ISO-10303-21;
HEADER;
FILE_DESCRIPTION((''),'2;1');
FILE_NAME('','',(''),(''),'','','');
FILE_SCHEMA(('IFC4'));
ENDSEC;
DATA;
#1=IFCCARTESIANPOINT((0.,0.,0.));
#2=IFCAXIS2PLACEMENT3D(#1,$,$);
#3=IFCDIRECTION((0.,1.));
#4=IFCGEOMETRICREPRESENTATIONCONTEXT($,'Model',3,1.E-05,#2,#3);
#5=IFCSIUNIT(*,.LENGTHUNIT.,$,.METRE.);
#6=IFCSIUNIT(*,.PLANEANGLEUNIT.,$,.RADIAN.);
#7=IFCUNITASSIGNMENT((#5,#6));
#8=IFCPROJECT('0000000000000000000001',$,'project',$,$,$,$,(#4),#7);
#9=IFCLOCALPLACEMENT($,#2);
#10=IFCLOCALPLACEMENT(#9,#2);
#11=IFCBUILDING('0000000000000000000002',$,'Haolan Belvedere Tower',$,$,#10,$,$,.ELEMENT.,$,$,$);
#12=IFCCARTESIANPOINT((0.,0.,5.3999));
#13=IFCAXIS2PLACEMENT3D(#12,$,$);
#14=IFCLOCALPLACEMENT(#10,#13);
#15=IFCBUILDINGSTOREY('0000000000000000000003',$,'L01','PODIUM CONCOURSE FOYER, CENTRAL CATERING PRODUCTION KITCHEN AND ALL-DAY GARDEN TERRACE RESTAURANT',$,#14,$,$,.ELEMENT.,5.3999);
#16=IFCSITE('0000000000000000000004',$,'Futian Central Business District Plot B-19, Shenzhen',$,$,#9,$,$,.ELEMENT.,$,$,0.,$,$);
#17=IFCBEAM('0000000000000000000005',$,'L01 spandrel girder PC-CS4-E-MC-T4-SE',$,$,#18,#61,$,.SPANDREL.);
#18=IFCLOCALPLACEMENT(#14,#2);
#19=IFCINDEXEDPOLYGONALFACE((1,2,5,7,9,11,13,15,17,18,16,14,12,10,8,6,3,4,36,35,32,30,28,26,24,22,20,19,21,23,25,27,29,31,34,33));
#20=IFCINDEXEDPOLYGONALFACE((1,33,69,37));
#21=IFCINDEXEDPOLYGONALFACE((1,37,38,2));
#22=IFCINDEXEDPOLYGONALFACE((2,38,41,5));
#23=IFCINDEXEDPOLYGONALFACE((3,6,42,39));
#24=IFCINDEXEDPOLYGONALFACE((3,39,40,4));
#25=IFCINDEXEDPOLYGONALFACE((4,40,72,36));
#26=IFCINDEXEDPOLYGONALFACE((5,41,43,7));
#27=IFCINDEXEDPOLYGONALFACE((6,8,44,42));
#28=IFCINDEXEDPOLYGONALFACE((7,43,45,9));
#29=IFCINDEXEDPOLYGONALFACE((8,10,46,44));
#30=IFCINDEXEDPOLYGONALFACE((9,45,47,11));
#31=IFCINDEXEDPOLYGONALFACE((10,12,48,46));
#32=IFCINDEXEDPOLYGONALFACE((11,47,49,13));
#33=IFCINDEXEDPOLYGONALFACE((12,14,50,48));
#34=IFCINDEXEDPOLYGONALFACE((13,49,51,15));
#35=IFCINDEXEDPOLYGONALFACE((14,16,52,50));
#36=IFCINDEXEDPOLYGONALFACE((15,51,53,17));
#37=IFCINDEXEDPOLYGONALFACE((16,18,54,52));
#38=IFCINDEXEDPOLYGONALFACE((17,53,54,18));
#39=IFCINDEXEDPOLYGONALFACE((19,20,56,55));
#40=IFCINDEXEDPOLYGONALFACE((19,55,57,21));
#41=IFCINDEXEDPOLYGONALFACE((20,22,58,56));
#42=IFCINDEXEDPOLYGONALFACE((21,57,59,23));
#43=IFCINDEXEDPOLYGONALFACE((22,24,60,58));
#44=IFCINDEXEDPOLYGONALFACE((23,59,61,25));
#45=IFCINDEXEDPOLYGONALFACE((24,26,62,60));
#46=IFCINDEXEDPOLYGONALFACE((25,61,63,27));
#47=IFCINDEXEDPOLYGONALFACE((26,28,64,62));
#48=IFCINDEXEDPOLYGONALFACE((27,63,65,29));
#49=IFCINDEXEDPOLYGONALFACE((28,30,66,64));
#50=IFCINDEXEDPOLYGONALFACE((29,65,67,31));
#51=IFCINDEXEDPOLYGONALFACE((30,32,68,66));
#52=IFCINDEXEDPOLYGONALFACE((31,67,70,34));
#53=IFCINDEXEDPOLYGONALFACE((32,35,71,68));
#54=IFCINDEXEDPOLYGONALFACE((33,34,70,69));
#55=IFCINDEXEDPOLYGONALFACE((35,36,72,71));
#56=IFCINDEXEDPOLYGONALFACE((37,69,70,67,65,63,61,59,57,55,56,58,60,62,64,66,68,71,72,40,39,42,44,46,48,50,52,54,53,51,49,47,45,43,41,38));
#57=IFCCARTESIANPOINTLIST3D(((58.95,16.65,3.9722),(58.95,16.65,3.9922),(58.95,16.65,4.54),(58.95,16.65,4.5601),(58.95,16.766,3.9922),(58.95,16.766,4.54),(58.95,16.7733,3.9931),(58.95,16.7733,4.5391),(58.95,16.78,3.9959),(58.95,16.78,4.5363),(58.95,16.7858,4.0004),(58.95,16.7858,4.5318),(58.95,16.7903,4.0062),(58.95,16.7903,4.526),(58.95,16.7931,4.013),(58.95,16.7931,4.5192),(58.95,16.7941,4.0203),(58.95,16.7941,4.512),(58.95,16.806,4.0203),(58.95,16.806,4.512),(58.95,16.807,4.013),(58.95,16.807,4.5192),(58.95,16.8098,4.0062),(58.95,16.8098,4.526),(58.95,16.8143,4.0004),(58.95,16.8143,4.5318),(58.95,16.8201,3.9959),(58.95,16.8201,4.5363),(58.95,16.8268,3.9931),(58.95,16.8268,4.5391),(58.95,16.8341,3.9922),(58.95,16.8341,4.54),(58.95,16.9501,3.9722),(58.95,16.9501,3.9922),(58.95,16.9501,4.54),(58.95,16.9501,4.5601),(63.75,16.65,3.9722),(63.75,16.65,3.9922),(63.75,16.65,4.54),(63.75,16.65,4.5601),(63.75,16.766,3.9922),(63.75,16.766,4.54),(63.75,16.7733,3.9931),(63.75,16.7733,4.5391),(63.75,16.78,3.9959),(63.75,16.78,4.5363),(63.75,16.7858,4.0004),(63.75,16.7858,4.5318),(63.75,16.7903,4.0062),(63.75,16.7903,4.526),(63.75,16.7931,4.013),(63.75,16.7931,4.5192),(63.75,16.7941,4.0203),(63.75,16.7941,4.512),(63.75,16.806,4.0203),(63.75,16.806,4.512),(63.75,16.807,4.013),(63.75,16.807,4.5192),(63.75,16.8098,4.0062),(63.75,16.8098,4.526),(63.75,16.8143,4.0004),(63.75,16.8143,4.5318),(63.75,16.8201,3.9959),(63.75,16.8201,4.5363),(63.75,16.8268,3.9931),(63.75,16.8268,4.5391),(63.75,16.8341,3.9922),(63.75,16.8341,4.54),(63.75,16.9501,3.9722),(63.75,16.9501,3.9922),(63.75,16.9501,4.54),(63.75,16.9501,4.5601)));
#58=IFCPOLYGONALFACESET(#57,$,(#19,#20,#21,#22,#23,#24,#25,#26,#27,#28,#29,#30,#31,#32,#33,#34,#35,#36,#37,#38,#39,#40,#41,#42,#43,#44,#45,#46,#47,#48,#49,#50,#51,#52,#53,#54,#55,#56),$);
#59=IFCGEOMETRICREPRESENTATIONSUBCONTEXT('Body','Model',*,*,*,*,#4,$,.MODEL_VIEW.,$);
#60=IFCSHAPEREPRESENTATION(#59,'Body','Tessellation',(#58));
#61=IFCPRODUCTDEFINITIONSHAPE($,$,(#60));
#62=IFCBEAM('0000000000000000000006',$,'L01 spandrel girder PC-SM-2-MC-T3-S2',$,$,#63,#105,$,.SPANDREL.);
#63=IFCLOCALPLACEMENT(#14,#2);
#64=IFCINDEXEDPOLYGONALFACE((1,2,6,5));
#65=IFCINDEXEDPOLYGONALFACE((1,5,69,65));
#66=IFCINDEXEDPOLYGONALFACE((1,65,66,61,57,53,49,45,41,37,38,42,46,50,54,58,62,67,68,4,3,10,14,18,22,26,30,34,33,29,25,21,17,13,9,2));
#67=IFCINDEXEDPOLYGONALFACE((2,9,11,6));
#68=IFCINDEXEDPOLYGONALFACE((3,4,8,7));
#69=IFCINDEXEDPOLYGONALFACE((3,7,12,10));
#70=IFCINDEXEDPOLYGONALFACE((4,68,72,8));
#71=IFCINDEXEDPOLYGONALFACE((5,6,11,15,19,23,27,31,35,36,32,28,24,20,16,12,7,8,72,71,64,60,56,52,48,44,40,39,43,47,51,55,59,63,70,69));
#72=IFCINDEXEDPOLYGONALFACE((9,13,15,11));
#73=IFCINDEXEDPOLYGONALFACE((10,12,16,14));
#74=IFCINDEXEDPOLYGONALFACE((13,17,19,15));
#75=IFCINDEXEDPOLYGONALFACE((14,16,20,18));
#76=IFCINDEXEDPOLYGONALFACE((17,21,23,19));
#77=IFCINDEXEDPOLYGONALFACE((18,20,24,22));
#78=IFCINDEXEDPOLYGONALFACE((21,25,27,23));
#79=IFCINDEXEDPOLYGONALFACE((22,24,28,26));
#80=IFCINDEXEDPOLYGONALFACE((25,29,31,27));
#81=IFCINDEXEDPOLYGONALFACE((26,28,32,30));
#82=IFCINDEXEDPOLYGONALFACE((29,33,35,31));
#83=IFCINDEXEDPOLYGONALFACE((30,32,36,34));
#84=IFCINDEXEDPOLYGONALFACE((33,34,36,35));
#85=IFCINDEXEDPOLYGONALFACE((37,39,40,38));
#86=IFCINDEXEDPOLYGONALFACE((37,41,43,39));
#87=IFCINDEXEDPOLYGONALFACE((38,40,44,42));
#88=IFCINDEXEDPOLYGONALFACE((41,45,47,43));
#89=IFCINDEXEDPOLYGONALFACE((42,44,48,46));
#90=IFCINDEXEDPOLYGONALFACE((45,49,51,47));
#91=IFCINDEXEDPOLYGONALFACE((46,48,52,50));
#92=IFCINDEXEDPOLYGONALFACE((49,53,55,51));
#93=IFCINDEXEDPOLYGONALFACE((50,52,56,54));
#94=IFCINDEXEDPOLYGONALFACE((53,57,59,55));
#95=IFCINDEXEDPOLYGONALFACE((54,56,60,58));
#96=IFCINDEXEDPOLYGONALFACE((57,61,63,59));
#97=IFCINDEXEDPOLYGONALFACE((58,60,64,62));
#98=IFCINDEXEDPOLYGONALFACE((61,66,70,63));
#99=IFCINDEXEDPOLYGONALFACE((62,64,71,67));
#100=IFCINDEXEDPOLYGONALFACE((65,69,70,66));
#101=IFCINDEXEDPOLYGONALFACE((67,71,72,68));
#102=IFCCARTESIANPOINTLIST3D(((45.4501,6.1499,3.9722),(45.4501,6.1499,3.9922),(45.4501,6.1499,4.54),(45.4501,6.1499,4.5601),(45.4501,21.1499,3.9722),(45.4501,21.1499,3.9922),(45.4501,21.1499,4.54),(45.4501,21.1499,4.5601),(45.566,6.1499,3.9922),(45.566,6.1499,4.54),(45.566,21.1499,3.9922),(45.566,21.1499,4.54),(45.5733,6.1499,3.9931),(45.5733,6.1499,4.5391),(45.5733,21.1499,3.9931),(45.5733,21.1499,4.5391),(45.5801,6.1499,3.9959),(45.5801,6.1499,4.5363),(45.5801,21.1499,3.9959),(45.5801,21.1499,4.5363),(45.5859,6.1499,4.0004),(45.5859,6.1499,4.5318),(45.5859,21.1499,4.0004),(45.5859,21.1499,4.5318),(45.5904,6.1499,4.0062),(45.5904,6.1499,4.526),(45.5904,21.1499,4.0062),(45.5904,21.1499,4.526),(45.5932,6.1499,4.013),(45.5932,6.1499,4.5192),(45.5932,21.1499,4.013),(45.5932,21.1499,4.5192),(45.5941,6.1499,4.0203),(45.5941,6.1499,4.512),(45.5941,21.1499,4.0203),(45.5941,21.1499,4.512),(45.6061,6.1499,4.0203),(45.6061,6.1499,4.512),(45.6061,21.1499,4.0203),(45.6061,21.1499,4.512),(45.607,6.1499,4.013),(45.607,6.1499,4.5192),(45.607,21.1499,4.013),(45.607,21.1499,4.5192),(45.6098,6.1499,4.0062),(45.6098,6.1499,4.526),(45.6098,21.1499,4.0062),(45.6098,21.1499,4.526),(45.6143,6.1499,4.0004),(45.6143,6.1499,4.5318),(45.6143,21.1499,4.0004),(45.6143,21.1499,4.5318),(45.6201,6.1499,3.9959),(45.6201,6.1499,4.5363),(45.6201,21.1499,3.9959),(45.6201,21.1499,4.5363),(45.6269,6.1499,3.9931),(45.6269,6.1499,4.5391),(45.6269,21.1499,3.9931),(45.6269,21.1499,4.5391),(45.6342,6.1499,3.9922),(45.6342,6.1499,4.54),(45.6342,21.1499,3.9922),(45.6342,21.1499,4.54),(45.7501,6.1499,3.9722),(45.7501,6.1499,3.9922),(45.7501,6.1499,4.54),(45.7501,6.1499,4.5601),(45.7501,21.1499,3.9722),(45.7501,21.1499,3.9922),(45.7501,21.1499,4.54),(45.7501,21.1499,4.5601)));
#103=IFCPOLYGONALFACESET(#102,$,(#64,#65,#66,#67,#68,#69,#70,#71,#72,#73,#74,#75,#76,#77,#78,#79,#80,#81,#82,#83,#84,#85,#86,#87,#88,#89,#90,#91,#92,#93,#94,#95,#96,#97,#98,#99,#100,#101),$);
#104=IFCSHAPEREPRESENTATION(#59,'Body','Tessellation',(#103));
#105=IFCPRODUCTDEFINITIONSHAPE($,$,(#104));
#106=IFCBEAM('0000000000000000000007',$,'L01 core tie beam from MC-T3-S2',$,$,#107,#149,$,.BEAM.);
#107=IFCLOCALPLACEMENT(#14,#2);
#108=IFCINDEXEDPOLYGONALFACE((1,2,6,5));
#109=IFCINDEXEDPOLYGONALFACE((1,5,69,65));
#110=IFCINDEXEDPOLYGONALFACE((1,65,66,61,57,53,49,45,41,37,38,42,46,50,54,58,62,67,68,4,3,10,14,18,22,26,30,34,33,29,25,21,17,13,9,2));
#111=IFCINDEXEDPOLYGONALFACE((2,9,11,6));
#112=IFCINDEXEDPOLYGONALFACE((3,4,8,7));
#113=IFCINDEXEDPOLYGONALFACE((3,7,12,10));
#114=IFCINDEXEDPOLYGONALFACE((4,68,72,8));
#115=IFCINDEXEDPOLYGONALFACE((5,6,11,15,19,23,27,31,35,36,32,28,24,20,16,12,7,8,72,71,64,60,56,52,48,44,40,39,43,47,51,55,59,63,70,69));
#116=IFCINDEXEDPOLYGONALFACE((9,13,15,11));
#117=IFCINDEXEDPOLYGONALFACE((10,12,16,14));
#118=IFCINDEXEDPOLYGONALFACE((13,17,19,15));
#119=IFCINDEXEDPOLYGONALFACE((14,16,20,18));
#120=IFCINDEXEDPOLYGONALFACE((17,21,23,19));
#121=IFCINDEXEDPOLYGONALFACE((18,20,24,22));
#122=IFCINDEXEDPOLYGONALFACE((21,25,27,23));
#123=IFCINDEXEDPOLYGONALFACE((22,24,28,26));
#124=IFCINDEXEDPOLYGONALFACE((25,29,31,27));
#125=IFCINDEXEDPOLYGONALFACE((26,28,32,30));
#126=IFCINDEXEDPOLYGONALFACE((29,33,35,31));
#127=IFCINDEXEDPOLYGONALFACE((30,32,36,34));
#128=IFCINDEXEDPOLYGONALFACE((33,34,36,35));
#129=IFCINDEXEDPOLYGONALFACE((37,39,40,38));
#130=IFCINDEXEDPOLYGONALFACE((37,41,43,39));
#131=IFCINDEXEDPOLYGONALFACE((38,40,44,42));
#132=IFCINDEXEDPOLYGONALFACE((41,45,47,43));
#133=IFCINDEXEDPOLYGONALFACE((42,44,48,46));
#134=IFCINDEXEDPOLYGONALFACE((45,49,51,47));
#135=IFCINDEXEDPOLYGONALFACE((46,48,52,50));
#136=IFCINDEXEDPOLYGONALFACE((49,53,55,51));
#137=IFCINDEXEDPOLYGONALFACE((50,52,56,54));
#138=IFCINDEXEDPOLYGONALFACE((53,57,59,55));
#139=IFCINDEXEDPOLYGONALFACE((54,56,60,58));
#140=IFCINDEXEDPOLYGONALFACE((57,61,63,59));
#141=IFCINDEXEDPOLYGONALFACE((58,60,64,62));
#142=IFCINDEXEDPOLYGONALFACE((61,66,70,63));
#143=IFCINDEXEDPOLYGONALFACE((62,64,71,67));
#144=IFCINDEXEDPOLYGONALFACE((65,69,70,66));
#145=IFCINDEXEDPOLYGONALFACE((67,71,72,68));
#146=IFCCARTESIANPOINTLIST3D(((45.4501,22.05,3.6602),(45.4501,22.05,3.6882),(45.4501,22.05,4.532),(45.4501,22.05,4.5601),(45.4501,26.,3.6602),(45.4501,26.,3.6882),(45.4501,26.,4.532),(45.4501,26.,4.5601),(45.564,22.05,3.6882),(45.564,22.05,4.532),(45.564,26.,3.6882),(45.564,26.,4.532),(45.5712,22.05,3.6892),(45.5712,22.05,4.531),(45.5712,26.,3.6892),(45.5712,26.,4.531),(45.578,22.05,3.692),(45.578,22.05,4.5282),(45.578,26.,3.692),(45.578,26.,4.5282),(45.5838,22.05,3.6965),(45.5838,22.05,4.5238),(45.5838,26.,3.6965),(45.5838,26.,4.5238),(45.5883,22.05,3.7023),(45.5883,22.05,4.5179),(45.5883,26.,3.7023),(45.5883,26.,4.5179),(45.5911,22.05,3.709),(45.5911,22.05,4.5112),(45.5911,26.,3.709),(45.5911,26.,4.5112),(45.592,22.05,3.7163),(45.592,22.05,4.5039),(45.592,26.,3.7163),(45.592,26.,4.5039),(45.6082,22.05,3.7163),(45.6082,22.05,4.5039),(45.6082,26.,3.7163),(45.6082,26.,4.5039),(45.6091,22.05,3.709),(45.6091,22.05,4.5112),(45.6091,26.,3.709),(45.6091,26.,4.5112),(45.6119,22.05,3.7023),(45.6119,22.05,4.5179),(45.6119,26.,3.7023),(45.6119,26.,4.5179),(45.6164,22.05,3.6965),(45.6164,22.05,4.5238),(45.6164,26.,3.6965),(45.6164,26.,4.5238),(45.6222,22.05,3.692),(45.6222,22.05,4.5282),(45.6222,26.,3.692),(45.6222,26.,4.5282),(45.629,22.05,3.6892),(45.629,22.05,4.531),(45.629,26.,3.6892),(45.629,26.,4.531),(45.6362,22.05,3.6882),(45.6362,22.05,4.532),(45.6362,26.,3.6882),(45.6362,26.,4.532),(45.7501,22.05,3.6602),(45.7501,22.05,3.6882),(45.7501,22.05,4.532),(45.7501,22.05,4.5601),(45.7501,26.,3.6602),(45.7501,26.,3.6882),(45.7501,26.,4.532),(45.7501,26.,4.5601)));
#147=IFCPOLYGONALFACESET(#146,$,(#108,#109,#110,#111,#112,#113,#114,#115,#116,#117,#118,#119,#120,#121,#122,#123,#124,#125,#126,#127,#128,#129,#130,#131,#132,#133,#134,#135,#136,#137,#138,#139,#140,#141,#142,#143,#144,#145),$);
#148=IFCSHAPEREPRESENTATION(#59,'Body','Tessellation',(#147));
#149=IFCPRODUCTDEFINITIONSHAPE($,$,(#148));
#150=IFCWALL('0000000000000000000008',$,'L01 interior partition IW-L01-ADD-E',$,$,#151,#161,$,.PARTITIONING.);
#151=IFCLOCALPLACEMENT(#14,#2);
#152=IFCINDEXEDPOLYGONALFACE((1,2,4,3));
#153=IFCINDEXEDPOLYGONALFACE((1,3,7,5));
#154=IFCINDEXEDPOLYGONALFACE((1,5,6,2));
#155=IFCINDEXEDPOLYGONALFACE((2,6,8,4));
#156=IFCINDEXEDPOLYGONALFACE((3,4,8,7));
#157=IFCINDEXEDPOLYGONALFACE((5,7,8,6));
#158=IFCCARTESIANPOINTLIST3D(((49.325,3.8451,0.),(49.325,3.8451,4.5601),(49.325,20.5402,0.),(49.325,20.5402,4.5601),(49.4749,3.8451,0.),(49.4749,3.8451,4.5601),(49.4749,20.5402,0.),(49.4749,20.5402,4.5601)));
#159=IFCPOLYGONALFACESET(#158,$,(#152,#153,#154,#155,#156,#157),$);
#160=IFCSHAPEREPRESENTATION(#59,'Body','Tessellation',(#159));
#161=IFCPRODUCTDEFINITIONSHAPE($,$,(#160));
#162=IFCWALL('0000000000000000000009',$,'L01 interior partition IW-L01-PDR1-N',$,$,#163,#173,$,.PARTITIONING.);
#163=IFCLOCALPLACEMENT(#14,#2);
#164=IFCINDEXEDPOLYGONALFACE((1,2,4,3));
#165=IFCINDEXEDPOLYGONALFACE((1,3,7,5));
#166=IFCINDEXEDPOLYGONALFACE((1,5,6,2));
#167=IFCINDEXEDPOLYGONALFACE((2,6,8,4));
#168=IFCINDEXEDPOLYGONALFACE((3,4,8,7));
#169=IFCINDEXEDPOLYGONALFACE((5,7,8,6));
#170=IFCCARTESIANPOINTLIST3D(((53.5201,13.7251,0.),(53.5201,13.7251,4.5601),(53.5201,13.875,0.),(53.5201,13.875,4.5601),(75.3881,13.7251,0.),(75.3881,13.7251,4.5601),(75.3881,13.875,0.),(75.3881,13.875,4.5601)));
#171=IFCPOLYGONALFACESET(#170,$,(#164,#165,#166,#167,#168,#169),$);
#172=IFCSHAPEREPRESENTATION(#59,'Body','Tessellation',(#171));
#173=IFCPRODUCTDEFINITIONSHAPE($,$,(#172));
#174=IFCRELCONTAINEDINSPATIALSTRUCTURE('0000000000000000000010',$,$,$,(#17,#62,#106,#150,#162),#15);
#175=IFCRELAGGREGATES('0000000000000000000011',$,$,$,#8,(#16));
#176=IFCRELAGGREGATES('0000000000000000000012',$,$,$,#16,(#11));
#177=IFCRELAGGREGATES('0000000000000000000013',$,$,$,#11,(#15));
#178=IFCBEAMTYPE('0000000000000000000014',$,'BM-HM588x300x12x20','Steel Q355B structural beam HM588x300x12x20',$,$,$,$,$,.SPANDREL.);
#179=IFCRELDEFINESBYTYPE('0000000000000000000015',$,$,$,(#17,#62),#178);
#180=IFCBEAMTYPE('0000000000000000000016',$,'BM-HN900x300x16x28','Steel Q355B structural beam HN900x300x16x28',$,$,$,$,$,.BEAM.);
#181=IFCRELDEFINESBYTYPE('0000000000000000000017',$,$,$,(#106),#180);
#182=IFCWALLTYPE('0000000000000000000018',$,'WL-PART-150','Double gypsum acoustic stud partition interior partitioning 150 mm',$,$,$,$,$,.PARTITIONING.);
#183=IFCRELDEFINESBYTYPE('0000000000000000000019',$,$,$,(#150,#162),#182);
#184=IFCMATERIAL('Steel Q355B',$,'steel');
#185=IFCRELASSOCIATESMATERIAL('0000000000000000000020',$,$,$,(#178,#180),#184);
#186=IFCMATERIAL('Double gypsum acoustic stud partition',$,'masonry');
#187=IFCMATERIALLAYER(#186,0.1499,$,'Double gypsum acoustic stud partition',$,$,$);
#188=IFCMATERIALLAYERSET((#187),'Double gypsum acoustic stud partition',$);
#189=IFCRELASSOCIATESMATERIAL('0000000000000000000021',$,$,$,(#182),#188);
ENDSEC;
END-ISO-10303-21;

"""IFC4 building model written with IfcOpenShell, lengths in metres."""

from ifc_helpers import new_model, si_unit, direction, frame, frame_2d, origin, origin_2d, place, context, subcontext, project, spatial, rectangle, i_section, extrude, material, layer, layer_set, material_profile, profile_set, type_object, element, save


model = new_model("IFC4")

# Units and contexts
model_context = context("Model", 3, precision=1e-05, world=origin(), true_north=direction((0.0, 1.0)))
body_context = subcontext(model_context, "Body", "Model", "MODEL_VIEW")
ifc_project = project(units=[si_unit("LENGTHUNIT", "METRE"), si_unit("PLANEANGLEUNIT", "RADIAN")], contexts=[model_context])

# Site, building, storey
site_placement = place(None, origin())
site = spatial("IfcSite", under=ifc_project, at=site_placement, Name="Futian Central Business District Plot B-19, Shenzhen", CompositionType="ELEMENT", RefElevation=0.0)
building_placement = place(site_placement, origin())
building = spatial("IfcBuilding", under=site, at=building_placement, Name="Haolan Belvedere Tower", CompositionType="ELEMENT")
storey_placement = place(building_placement, frame((0.0, 0.0, 5.3999)))
storey = spatial("IfcBuildingStorey", under=building, at=storey_placement, Name="L01", Description="PODIUM CONCOURSE FOYER, CENTRAL CATERING PRODUCTION KITCHEN AND ALL-DAY GARDEN TERRACE RESTAURANT", CompositionType="ELEMENT", Elevation=5.3999)

# Shared definitions
ifc_material_1 = material(Name="Steel Q355B", Category="steel")

# Beams
ifc_material_profile_1 = material_profile(ifc_material_1, i_section(OverallWidth=0.3, OverallDepth=0.5879, WebThickness=0.012, FlangeThickness=0.02, FilletRadius=0.0281, at=origin_2d()), Name="Steel Q355B")
ifc_profile_set_1 = profile_set([ifc_material_profile_1], Name="Steel Q355B")
beam_type_1 = type_object("IfcBeamType", Name="BM-HM588x300x12x20", Description="Steel Q355B structural beam HM588x300x12x20", PredefinedType="SPANDREL", material=ifc_profile_set_1)
beam_1_placement = place(storey_placement, frame((58.95, 16.8, 4.2661), z_axis=(1.0, 0.0, 0.0), x_axis=(0.0, 1.0, 0.0)))
element("IfcBeam", 1, at=beam_1_placement, inside=storey, type_object=beam_type_1, Name="L01 spandrel girder PC-CS4-E-MC-T4-SE", PredefinedType="SPANDREL", context=body_context, shape_type="SweptSolid", body=[
    extrude(i_section(OverallWidth=0.3, OverallDepth=0.5879, WebThickness=0.012, FlangeThickness=0.02, FilletRadius=0.0281, at=origin_2d()), origin(), (0.0, 0.0, 1.0), 4.8),
])
beam_2_placement = place(storey_placement, frame((45.6001, 6.1499, 4.2661), z_axis=(0.0, 1.0, 0.0), x_axis=(-1.0, 0.0, 0.0)))
element("IfcBeam", 2, at=beam_2_placement, inside=storey, type_object=beam_type_1, Name="L01 spandrel girder PC-SM-2-MC-T3-S2", PredefinedType="SPANDREL", context=body_context, shape_type="SweptSolid", body=[
    extrude(i_section(OverallWidth=0.3, OverallDepth=0.5879, WebThickness=0.012, FlangeThickness=0.02, FilletRadius=0.0281, at=origin_2d()), origin(), (0.0, 0.0, 1.0), 15.0),
])
ifc_material_profile_2 = material_profile(ifc_material_1, i_section(OverallWidth=0.3, OverallDepth=0.8999, WebThickness=0.0161, FlangeThickness=0.0281, FilletRadius=0.0281, at=origin_2d()), Name="Steel Q355B")
ifc_profile_set_2 = profile_set([ifc_material_profile_2], Name="Steel Q355B")
beam_type_2 = type_object("IfcBeamType", Name="BM-HN900x300x16x28", Description="Steel Q355B structural beam HN900x300x16x28", PredefinedType="BEAM", material=ifc_profile_set_2)
beam_3_placement = place(storey_placement, frame((45.6001, 22.05, 4.1101), z_axis=(0.0, 1.0, 0.0), x_axis=(-1.0, 0.0, 0.0)))
element("IfcBeam", 3, at=beam_3_placement, inside=storey, type_object=beam_type_2, Name="L01 core tie beam from MC-T3-S2", PredefinedType="BEAM", context=body_context, shape_type="SweptSolid", body=[
    extrude(i_section(OverallWidth=0.3, OverallDepth=0.8999, WebThickness=0.0161, FlangeThickness=0.0281, FilletRadius=0.0281, at=origin_2d()), origin(), (0.0, 0.0, 1.0), 3.95),
])

# Walls
ifc_material_2 = material(Name="Double gypsum acoustic stud partition", Category="masonry")
ifc_layer_1 = layer(ifc_material_2, 0.1499, Name="Double gypsum acoustic stud partition")
ifc_layer_set_1 = layer_set([ifc_layer_1], Name="Double gypsum acoustic stud partition")
wall_type_1 = type_object("IfcWallType", Name="WL-PART-150", Description="Double gypsum acoustic stud partition interior partitioning 150 mm", PredefinedType="PARTITIONING", material=ifc_layer_set_1)
wall_1_placement = place(storey_placement, frame((49.3999, 3.845, 0.0), z_axis=(0.0, 0.0, 1.0), x_axis=(0.0, 1.0, 0.0)))
element("IfcWall", 4, at=wall_1_placement, inside=storey, type_object=wall_type_1, Name="L01 interior partition IW-L01-ADD-E", PredefinedType="PARTITIONING", context=body_context, shape_type="SweptSolid", body=[
    extrude(rectangle(XDim=16.6951, YDim=0.1499, at=frame_2d((8.3477, 0.0))), origin(), (0.0, 0.0, 1.0), 4.5601),
])
wall_2_placement = place(storey_placement, frame((53.52, 13.8, 0.0), z_axis=(0.0, 0.0, 1.0), x_axis=(1.0, 0.0, 0.0)))
element("IfcWall", 5, at=wall_2_placement, inside=storey, type_object=wall_type_1, Name="L01 interior partition IW-L01-PDR1-N", PredefinedType="PARTITIONING", context=body_context, shape_type="SweptSolid", body=[
    extrude(rectangle(XDim=21.8679, YDim=0.1499, at=frame_2d((10.9341, 0.0))), origin(), (0.0, 0.0, 1.0), 4.5601),
])

save(model, "model.ifc")
